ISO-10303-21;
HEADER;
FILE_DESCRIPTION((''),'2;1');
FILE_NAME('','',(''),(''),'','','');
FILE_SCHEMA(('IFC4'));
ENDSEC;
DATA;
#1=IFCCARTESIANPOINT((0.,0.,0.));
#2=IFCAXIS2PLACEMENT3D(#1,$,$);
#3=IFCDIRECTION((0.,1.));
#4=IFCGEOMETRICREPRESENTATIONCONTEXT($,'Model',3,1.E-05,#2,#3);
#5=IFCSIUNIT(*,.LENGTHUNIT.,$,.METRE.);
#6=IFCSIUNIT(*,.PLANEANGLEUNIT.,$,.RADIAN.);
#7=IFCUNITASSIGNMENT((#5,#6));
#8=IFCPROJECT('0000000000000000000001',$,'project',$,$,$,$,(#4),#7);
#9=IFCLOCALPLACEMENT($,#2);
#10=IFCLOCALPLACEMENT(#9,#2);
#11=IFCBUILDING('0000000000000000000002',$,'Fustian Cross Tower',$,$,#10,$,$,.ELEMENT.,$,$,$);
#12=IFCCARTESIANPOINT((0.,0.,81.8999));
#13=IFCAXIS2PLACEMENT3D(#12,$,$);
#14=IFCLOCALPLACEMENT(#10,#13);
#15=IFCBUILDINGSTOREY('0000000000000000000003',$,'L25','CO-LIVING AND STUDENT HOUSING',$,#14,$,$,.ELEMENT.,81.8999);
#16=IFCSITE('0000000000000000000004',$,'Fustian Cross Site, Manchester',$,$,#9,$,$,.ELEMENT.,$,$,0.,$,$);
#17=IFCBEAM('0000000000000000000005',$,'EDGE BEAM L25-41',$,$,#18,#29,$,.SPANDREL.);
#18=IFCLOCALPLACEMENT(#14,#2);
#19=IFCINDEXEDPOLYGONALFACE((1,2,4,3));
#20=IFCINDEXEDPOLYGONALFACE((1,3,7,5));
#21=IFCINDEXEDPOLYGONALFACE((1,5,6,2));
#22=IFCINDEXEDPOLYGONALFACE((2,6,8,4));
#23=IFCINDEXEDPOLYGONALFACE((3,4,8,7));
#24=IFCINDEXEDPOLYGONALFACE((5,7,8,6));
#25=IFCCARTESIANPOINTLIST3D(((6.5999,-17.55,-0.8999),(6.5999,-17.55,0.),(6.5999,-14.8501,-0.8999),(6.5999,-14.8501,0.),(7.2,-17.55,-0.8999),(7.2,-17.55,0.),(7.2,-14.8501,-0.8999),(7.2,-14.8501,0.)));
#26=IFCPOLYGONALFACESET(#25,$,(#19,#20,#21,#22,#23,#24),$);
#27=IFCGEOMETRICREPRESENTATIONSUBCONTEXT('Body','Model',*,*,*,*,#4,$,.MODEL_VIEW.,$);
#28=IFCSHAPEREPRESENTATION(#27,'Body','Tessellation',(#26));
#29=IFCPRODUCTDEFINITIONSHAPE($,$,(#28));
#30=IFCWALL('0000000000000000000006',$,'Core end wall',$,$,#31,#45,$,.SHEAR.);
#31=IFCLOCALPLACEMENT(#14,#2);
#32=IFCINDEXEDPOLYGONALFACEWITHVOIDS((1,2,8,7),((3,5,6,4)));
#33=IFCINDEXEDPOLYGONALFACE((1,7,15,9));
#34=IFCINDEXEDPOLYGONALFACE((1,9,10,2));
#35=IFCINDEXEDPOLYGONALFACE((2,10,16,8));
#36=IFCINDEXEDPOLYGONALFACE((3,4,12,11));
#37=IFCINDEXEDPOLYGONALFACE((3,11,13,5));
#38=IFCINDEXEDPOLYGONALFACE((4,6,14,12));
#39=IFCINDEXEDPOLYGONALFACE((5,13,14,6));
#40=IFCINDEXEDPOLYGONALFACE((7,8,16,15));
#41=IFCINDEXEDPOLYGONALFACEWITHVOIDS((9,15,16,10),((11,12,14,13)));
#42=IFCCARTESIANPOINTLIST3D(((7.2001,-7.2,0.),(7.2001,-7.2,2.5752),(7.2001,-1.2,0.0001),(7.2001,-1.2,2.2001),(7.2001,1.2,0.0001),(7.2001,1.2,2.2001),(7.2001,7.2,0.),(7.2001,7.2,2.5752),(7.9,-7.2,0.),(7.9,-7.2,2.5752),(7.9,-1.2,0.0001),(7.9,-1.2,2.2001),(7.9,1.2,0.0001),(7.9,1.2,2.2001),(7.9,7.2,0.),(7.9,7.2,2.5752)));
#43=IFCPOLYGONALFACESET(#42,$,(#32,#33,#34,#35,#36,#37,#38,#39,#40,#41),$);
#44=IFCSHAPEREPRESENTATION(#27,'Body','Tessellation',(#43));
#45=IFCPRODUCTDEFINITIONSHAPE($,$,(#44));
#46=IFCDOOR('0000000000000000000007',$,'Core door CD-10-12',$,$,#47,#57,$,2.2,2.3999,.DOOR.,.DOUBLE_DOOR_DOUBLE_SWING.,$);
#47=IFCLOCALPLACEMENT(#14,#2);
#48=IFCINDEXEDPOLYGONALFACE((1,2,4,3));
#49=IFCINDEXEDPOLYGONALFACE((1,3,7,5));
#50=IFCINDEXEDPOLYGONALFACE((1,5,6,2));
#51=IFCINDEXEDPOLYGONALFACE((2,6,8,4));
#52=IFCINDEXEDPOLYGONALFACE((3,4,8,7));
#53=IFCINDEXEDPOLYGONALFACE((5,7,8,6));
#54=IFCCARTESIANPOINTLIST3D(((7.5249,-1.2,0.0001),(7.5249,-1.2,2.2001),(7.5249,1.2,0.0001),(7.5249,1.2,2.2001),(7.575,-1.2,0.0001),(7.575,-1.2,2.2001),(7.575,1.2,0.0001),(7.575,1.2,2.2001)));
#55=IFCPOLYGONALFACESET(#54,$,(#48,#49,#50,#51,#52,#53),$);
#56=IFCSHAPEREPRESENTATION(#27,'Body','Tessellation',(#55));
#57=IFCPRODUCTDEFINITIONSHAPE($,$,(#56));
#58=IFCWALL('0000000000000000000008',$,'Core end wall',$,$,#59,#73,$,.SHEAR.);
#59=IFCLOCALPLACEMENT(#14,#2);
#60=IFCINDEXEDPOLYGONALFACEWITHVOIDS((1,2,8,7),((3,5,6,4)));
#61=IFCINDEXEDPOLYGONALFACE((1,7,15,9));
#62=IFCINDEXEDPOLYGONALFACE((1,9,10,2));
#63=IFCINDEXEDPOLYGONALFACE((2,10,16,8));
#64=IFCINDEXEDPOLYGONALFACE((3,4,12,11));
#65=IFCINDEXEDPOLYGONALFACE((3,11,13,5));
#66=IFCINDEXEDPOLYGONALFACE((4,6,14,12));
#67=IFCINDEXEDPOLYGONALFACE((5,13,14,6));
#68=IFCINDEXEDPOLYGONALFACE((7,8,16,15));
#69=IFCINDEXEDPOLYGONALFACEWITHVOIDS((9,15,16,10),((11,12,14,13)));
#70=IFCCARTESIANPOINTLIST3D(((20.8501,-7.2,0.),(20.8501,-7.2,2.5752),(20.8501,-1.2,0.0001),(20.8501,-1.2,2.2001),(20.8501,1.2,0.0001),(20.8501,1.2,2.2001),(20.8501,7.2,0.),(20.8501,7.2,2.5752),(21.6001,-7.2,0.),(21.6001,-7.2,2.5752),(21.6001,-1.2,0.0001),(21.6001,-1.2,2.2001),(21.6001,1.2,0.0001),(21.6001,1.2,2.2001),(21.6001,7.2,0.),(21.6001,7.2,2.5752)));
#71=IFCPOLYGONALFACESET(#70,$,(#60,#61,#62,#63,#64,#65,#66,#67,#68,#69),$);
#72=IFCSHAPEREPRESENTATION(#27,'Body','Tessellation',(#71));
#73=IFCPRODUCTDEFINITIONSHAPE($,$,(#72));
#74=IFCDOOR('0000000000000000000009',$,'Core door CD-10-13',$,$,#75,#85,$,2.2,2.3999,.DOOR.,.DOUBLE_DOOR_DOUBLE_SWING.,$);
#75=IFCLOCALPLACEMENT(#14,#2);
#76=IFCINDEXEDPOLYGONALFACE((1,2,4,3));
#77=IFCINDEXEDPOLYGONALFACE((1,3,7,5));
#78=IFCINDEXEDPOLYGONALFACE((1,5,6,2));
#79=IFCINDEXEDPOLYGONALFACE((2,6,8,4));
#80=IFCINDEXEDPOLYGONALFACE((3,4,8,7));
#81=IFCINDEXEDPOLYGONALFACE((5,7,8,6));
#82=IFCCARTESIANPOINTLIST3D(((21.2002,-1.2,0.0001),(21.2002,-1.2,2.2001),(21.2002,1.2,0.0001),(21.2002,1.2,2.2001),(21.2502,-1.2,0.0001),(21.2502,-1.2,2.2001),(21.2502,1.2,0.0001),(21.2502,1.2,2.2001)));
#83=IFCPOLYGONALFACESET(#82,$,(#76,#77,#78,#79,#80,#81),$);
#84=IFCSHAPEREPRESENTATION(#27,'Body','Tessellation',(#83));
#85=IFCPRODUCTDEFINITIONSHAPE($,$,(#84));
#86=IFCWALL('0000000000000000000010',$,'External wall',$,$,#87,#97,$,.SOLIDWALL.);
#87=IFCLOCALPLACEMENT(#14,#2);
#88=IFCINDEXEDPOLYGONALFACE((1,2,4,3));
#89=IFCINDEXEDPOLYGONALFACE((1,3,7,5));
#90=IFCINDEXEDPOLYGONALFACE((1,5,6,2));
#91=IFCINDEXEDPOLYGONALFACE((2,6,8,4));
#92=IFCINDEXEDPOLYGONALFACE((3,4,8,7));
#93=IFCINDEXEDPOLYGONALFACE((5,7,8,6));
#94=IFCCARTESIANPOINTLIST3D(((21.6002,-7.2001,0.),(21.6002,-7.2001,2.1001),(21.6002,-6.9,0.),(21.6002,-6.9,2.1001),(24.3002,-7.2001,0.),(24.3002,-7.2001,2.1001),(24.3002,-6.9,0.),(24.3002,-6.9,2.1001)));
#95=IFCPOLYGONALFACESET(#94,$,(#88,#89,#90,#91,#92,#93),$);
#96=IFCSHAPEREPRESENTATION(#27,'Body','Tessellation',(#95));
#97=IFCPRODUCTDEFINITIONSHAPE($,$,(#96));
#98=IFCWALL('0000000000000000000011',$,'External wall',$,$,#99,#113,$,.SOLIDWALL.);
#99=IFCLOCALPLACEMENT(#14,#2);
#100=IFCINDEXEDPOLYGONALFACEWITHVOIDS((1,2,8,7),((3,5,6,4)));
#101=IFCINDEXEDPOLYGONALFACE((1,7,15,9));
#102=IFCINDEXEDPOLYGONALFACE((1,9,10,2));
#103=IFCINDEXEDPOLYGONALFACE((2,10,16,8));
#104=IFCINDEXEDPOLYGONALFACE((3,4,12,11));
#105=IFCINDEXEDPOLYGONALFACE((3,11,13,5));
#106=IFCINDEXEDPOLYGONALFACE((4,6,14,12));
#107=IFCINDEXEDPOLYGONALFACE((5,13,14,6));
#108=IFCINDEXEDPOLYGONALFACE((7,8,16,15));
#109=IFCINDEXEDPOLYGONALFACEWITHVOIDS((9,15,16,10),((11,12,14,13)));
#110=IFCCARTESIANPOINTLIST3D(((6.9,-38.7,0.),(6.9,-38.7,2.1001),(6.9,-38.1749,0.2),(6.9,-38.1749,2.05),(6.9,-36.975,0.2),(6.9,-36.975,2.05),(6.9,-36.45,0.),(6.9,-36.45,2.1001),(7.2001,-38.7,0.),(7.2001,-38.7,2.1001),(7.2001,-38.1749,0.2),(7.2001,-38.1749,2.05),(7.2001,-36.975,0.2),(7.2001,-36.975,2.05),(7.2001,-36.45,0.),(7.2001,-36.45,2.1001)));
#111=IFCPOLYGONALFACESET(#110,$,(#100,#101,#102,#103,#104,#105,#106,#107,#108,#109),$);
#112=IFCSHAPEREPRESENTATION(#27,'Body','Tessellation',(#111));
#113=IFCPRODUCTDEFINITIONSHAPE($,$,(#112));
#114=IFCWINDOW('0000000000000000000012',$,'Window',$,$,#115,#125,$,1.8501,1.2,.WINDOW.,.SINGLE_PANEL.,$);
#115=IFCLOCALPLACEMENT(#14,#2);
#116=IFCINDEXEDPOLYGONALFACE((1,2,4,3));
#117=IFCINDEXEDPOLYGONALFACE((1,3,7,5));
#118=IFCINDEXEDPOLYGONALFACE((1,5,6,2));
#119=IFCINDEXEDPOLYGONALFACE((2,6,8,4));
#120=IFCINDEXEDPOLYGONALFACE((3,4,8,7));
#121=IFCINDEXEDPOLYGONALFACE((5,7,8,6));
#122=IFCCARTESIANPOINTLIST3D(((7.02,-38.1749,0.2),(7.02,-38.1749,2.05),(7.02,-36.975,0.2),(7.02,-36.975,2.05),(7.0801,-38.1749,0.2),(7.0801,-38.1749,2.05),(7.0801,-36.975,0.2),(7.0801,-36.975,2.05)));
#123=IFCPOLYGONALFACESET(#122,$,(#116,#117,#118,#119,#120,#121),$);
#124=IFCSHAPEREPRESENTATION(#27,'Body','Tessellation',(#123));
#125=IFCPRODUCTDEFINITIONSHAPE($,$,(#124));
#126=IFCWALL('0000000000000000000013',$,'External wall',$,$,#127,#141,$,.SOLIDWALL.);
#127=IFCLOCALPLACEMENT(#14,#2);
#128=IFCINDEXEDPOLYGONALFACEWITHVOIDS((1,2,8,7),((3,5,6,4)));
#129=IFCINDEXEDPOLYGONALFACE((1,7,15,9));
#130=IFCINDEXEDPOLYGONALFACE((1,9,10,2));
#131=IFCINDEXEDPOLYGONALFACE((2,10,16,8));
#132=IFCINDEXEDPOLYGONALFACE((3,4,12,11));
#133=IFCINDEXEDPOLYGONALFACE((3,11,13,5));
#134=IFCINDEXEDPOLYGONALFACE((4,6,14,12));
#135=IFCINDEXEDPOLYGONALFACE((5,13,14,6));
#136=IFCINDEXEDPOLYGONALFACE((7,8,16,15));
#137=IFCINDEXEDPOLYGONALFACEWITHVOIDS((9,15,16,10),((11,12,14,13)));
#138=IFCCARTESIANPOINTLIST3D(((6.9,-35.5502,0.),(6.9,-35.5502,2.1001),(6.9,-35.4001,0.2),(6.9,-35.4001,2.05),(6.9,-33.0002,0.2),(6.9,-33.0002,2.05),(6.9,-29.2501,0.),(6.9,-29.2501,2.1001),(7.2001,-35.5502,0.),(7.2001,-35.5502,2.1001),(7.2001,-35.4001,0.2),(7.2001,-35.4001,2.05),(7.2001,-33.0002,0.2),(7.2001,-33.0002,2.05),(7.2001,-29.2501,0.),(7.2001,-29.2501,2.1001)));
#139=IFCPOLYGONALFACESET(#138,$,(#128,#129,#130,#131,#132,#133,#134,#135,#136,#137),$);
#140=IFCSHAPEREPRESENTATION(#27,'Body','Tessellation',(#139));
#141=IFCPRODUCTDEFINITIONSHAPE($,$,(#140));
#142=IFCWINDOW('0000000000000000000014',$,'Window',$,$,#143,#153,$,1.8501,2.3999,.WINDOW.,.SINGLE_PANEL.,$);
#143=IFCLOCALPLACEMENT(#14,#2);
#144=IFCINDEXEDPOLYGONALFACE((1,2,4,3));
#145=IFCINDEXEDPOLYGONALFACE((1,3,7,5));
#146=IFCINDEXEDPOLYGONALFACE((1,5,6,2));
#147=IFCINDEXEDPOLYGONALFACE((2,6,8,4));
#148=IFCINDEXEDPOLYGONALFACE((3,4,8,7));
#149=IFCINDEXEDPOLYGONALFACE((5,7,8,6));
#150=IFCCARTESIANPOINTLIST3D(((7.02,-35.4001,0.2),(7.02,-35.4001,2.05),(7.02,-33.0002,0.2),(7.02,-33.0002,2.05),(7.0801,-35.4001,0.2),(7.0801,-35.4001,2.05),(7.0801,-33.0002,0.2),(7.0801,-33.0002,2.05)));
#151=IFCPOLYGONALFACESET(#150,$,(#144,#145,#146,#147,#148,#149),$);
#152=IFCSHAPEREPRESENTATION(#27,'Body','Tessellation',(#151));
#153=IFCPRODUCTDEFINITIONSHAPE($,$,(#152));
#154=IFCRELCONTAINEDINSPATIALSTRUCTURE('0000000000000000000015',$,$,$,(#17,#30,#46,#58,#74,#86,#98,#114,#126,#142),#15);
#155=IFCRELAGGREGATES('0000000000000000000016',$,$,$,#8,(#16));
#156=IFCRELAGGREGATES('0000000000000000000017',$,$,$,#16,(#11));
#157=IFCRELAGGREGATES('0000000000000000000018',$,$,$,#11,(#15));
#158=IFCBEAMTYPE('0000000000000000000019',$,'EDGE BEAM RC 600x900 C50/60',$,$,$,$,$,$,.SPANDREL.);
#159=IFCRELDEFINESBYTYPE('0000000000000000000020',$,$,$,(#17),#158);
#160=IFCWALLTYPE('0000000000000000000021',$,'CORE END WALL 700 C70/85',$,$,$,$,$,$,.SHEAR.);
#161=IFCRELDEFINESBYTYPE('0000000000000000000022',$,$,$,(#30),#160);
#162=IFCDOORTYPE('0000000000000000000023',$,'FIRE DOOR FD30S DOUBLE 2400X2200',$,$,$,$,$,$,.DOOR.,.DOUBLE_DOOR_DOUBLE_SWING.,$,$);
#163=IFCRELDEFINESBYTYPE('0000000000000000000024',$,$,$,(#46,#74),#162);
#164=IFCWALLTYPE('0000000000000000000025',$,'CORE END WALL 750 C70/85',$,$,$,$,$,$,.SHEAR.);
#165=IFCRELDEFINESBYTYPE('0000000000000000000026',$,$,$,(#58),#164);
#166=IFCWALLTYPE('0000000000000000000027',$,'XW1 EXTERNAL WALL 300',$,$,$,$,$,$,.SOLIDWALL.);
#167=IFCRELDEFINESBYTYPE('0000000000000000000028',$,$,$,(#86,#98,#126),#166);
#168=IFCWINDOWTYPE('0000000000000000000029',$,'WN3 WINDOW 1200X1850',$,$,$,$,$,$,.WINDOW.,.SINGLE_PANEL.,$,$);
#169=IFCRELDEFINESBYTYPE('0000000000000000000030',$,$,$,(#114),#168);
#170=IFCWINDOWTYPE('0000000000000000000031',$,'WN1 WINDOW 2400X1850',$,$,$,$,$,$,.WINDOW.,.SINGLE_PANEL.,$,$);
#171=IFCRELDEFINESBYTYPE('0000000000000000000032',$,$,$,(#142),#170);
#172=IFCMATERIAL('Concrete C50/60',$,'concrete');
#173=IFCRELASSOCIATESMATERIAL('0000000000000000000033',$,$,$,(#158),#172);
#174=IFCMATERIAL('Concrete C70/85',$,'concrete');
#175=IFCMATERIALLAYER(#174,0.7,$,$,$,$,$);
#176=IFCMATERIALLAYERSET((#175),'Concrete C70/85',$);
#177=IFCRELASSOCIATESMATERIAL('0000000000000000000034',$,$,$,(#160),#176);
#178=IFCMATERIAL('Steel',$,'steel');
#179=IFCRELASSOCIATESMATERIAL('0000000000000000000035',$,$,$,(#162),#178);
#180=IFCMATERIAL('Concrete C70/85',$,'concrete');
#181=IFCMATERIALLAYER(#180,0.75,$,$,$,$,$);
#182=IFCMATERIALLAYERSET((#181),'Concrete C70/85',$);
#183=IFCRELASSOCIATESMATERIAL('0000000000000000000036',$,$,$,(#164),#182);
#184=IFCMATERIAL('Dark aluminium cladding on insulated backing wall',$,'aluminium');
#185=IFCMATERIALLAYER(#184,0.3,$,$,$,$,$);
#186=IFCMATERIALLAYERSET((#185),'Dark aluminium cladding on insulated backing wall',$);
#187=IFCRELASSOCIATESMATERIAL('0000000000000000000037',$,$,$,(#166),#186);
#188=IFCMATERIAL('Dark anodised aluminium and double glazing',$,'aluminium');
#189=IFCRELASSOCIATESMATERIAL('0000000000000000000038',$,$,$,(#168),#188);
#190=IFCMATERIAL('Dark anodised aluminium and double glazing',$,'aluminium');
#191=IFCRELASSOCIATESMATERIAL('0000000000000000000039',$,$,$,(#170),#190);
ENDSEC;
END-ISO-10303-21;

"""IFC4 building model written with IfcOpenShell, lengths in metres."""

from ifc_helpers import new_model, si_unit, direction, frame, frame_2d, origin, origin_2d, place, context, subcontext, project, spatial, rectangle, extrude, material, layer, layer_set, material_profile, profile_set, type_object, element, fill, save


model = new_model("IFC4")

# Units and contexts
model_context = context("Model", 3, precision=1e-05, world=origin(), true_north=direction((0.0, 1.0)))
body_context = subcontext(model_context, "Body", "Model", "MODEL_VIEW")
ifc_project = project(units=[si_unit("LENGTHUNIT", "METRE"), si_unit("PLANEANGLEUNIT", "RADIAN")], contexts=[model_context])

# Site, building, storey
site_placement = place(None, origin())
site = spatial("IfcSite", under=ifc_project, at=site_placement, Name="Fustian Cross Site, Manchester", CompositionType="ELEMENT", RefElevation=0.0)
building_placement = place(site_placement, origin())
building = spatial("IfcBuilding", under=site, at=building_placement, Name="Fustian Cross Tower", CompositionType="ELEMENT")
storey_placement = place(building_placement, frame((0.0, 0.0, 81.8999)))
storey = spatial("IfcBuildingStorey", under=building, at=storey_placement, Name="L25", Description="CO-LIVING AND STUDENT HOUSING", CompositionType="ELEMENT", Elevation=81.8999)

# Beam
ifc_material_1 = material(Name="Concrete C50/60", Category="concrete")
ifc_material_profile = material_profile(ifc_material_1, rectangle(XDim=0.6001, YDim=0.8999, at=origin_2d()), Name="RC 600x900")
ifc_profile_set = profile_set([ifc_material_profile], Name="Concrete C50/60")
beam_type = type_object("IfcBeamType", Name="EDGE BEAM RC 600x900 C50/60", PredefinedType="SPANDREL", material=ifc_profile_set)
beam_placement = place(storey_placement, frame((6.8999, -17.55, -0.45), z_axis=(0.0, 1.0, 0.0), x_axis=(-1.0, 0.0, 0.0)))
element("IfcBeam", 1, at=beam_placement, inside=storey, type_object=beam_type, Name="EDGE BEAM L25-41", PredefinedType="SPANDREL", context=body_context, shape_type="SweptSolid", body=[
    extrude(rectangle(XDim=0.6001, YDim=0.8999, at=origin_2d()), origin(), (0.0, 0.0, 1.0), 2.7),
])

# Walls, openings, doors
ifc_material_2 = material(Name="Concrete C70/85", Category="concrete")
ifc_layer_1 = layer(ifc_material_2, 0.7)
ifc_layer_set_1 = layer_set([ifc_layer_1], Name="Concrete C70/85")
wall_type_1 = type_object("IfcWallType", Name="CORE END WALL 700 C70/85", PredefinedType="SHEAR", material=ifc_layer_set_1)
wall_1_placement = place(storey_placement, frame((7.55, -7.2, 0.0), z_axis=(0.0, 0.0, 1.0), x_axis=(0.0, 1.0, 0.0)))
wall_1 = element("IfcWall", 2, at=wall_1_placement, inside=storey, type_object=wall_type_1, Name="Core end wall", PredefinedType="SHEAR", context=body_context, shape_type="SweptSolid", body=[
    extrude(rectangle(XDim=14.3999, YDim=0.7, at=frame_2d((7.2, 0.0))), origin(), (0.0, 0.0, 1.0), 2.5752),
])
opening_1_placement = place(wall_1_placement, frame((6.0, 0.0, 0.0)))
opening_1 = element("IfcOpeningElement", 3, at=opening_1_placement, cuts=wall_1, PredefinedType="OPENING", context=body_context, shape_type="SweptSolid", body=[
    extrude(rectangle(XDim=2.3999, YDim=2.2, at=frame_2d((1.2, 1.1001))), frame((0.0, 0.3599, 0.0), z_axis=(0.0, -1.0, 0.0), x_axis=(1.0, 0.0, 0.0)), (0.0, 0.0, 1.0), 0.72),
])
ifc_material_3 = material(Name="Steel", Category="steel")
door_type = type_object("IfcDoorType", Name="FIRE DOOR FD30S DOUBLE 2400X2200", OperationType="DOUBLE_DOOR_DOUBLE_SWING", PredefinedType="DOOR", material=ifc_material_3)
door_1_placement = place(opening_1_placement, frame((2.3999, 0.0, 0.0), z_axis=(0.0, 0.0, 1.0), x_axis=(-1.0, 0.0, 0.0)))
door_1 = element("IfcDoor", 4, at=door_1_placement, inside=storey, type_object=door_type, Name="Core door CD-10-12", OperationType="DOUBLE_DOOR_DOUBLE_SWING", OverallHeight=2.2, OverallWidth=2.3999, PredefinedType="DOOR", context=body_context, shape_type="SweptSolid", body=[
    extrude(rectangle(XDim=2.3999, YDim=2.2, at=frame_2d((1.2, 1.1001))), frame((0.0, 0.0249, 0.0), z_axis=(0.0, -1.0, 0.0), x_axis=(1.0, 0.0, 0.0)), (0.0, 0.0, 1.0), 0.05),
])
fill(opening_1, door_1)
ifc_material_4 = material(Name="Concrete C70/85", Category="concrete")
ifc_layer_2 = layer(ifc_material_4, 0.75)
ifc_layer_set_2 = layer_set([ifc_layer_2], Name="Concrete C70/85")
wall_type_2 = type_object("IfcWallType", Name="CORE END WALL 750 C70/85", PredefinedType="SHEAR", material=ifc_layer_set_2)
wall_2_placement = place(storey_placement, frame((21.2251, -7.2, 0.0), z_axis=(0.0, 0.0, 1.0), x_axis=(0.0, 1.0, 0.0)))
wall_2 = element("IfcWall", 5, at=wall_2_placement, inside=storey, type_object=wall_type_2, Name="Core end wall", PredefinedType="SHEAR", context=body_context, shape_type="SweptSolid", body=[
    extrude(rectangle(XDim=14.3999, YDim=0.75, at=frame_2d((7.2, 0.0))), origin(), (0.0, 0.0, 1.0), 2.5752),
])
opening_2_placement = place(wall_2_placement, frame((6.0, 0.0, 0.0)))
opening_2 = element("IfcOpeningElement", 6, at=opening_2_placement, cuts=wall_2, PredefinedType="OPENING", context=body_context, shape_type="SweptSolid", body=[
    extrude(rectangle(XDim=2.3999, YDim=2.2, at=frame_2d((1.2, 1.1001))), frame((0.0, 0.385, 0.0), z_axis=(0.0, -1.0, 0.0), x_axis=(1.0, 0.0, 0.0)), (0.0, 0.0, 1.0), 0.77),
])
door_2_placement = place(opening_2_placement, origin())
door_2 = element("IfcDoor", 7, at=door_2_placement, inside=storey, type_object=door_type, Name="Core door CD-10-13", OperationType="DOUBLE_DOOR_DOUBLE_SWING", OverallHeight=2.2, OverallWidth=2.3999, PredefinedType="DOOR", context=body_context, shape_type="SweptSolid", body=[
    extrude(rectangle(XDim=2.3999, YDim=2.2, at=frame_2d((1.2, 1.1001))), frame((0.0, 0.0249, 0.0), z_axis=(0.0, -1.0, 0.0), x_axis=(1.0, 0.0, 0.0)), (0.0, 0.0, 1.0), 0.05),
])
fill(opening_2, door_2)

# Wall
ifc_material_5 = material(Name="Dark aluminium cladding on insulated backing wall", Category="aluminium")
ifc_layer_3 = layer(ifc_material_5, 0.3)
ifc_layer_set_3 = layer_set([ifc_layer_3], Name="Dark aluminium cladding on insulated backing wall")
wall_type_3 = type_object("IfcWallType", Name="XW1 EXTERNAL WALL 300", PredefinedType="SOLIDWALL", material=ifc_layer_set_3)
wall_3_placement = place(storey_placement, frame((21.6001, -7.05, 0.0), z_axis=(0.0, 0.0, 1.0), x_axis=(1.0, 0.0, 0.0)))
element("IfcWall", 8, at=wall_3_placement, inside=storey, type_object=wall_type_3, Name="External wall", PredefinedType="SOLIDWALL", context=body_context, shape_type="SweptSolid", body=[
    extrude(rectangle(XDim=2.7, YDim=0.3, at=frame_2d((1.3501, 0.0))), origin(), (0.0, 0.0, 1.0), 2.1001),
])

# Walls, openings, windows
wall_4_placement = place(storey_placement, frame((7.05, -38.7, 0.0), z_axis=(0.0, 0.0, 1.0), x_axis=(0.0, 1.0, 0.0)))
wall_4 = element("IfcWall", 9, at=wall_4_placement, inside=storey, type_object=wall_type_3, Name="External wall", PredefinedType="SOLIDWALL", context=body_context, shape_type="SweptSolid", body=[
    extrude(rectangle(XDim=2.25, YDim=0.3, at=frame_2d((1.125, 0.0))), origin(), (0.0, 0.0, 1.0), 2.1001),
])
opening_3_placement = place(wall_4_placement, frame((0.5249, 0.0, 0.2)))
opening_3 = element("IfcOpeningElement", 10, at=opening_3_placement, cuts=wall_4, PredefinedType="OPENING", context=body_context, shape_type="SweptSolid", body=[
    extrude(rectangle(XDim=1.2, YDim=1.8501, at=frame_2d((0.6001, 0.925))), frame((0.0, 0.1599, 0.0), z_axis=(0.0, -1.0, 0.0), x_axis=(1.0, 0.0, 0.0)), (0.0, 0.0, 1.0), 0.3201),
])
ifc_material_6 = material(Name="Dark anodised aluminium and double glazing", Category="aluminium")
window_type_1 = type_object("IfcWindowType", Name="WN3 WINDOW 1200X1850", PartitioningType="SINGLE_PANEL", PredefinedType="WINDOW", material=ifc_material_6)
window_1_placement = place(opening_3_placement, origin())
window_1 = element("IfcWindow", 11, at=window_1_placement, inside=storey, type_object=window_type_1, Name="Window", OverallHeight=1.8501, OverallWidth=1.2, PartitioningType="SINGLE_PANEL", PredefinedType="WINDOW", context=body_context, shape_type="SweptSolid", body=[
    extrude(rectangle(XDim=1.2, YDim=1.8501, at=frame_2d((0.6001, 0.925))), frame((0.0, 0.03, 0.0), z_axis=(0.0, -1.0, 0.0), x_axis=(1.0, 0.0, 0.0)), (0.0, 0.0, 1.0), 0.0601),
])
fill(opening_3, window_1)
wall_5_placement = place(storey_placement, frame((7.05, -35.55, 0.0), z_axis=(0.0, 0.0, 1.0), x_axis=(0.0, 1.0, 0.0)))
wall_5 = element("IfcWall", 12, at=wall_5_placement, inside=storey, type_object=wall_type_3, Name="External wall", PredefinedType="SOLIDWALL", context=body_context, shape_type="SweptSolid", body=[
    extrude(rectangle(XDim=6.3, YDim=0.3, at=frame_2d((3.1499, 0.0))), origin(), (0.0, 0.0, 1.0), 2.1001),
])
opening_4_placement = place(wall_5_placement, frame((0.1499, 0.0, 0.2)))
opening_4 = element("IfcOpeningElement", 13, at=opening_4_placement, cuts=wall_5, PredefinedType="OPENING", context=body_context, shape_type="SweptSolid", body=[
    extrude(rectangle(XDim=2.3999, YDim=1.8501, at=frame_2d((1.2, 0.925))), frame((0.0, 0.1599, 0.0), z_axis=(0.0, -1.0, 0.0), x_axis=(1.0, 0.0, 0.0)), (0.0, 0.0, 1.0), 0.3201),
])
ifc_material_7 = material(Name="Dark anodised aluminium and double glazing", Category="aluminium")
window_type_2 = type_object("IfcWindowType", Name="WN1 WINDOW 2400X1850", PartitioningType="SINGLE_PANEL", PredefinedType="WINDOW", material=ifc_material_7)
window_2_placement = place(opening_4_placement, origin())
window_2 = element("IfcWindow", 14, at=window_2_placement, inside=storey, type_object=window_type_2, Name="Window", OverallHeight=1.8501, OverallWidth=2.3999, PartitioningType="SINGLE_PANEL", PredefinedType="WINDOW", context=body_context, shape_type="SweptSolid", body=[
    extrude(rectangle(XDim=2.3999, YDim=1.8501, at=frame_2d((1.2, 0.925))), frame((0.0, 0.03, 0.0), z_axis=(0.0, -1.0, 0.0), x_axis=(1.0, 0.0, 0.0)), (0.0, 0.0, 1.0), 0.0601),
])
fill(opening_4, window_2)

save(model, "model.ifc")
